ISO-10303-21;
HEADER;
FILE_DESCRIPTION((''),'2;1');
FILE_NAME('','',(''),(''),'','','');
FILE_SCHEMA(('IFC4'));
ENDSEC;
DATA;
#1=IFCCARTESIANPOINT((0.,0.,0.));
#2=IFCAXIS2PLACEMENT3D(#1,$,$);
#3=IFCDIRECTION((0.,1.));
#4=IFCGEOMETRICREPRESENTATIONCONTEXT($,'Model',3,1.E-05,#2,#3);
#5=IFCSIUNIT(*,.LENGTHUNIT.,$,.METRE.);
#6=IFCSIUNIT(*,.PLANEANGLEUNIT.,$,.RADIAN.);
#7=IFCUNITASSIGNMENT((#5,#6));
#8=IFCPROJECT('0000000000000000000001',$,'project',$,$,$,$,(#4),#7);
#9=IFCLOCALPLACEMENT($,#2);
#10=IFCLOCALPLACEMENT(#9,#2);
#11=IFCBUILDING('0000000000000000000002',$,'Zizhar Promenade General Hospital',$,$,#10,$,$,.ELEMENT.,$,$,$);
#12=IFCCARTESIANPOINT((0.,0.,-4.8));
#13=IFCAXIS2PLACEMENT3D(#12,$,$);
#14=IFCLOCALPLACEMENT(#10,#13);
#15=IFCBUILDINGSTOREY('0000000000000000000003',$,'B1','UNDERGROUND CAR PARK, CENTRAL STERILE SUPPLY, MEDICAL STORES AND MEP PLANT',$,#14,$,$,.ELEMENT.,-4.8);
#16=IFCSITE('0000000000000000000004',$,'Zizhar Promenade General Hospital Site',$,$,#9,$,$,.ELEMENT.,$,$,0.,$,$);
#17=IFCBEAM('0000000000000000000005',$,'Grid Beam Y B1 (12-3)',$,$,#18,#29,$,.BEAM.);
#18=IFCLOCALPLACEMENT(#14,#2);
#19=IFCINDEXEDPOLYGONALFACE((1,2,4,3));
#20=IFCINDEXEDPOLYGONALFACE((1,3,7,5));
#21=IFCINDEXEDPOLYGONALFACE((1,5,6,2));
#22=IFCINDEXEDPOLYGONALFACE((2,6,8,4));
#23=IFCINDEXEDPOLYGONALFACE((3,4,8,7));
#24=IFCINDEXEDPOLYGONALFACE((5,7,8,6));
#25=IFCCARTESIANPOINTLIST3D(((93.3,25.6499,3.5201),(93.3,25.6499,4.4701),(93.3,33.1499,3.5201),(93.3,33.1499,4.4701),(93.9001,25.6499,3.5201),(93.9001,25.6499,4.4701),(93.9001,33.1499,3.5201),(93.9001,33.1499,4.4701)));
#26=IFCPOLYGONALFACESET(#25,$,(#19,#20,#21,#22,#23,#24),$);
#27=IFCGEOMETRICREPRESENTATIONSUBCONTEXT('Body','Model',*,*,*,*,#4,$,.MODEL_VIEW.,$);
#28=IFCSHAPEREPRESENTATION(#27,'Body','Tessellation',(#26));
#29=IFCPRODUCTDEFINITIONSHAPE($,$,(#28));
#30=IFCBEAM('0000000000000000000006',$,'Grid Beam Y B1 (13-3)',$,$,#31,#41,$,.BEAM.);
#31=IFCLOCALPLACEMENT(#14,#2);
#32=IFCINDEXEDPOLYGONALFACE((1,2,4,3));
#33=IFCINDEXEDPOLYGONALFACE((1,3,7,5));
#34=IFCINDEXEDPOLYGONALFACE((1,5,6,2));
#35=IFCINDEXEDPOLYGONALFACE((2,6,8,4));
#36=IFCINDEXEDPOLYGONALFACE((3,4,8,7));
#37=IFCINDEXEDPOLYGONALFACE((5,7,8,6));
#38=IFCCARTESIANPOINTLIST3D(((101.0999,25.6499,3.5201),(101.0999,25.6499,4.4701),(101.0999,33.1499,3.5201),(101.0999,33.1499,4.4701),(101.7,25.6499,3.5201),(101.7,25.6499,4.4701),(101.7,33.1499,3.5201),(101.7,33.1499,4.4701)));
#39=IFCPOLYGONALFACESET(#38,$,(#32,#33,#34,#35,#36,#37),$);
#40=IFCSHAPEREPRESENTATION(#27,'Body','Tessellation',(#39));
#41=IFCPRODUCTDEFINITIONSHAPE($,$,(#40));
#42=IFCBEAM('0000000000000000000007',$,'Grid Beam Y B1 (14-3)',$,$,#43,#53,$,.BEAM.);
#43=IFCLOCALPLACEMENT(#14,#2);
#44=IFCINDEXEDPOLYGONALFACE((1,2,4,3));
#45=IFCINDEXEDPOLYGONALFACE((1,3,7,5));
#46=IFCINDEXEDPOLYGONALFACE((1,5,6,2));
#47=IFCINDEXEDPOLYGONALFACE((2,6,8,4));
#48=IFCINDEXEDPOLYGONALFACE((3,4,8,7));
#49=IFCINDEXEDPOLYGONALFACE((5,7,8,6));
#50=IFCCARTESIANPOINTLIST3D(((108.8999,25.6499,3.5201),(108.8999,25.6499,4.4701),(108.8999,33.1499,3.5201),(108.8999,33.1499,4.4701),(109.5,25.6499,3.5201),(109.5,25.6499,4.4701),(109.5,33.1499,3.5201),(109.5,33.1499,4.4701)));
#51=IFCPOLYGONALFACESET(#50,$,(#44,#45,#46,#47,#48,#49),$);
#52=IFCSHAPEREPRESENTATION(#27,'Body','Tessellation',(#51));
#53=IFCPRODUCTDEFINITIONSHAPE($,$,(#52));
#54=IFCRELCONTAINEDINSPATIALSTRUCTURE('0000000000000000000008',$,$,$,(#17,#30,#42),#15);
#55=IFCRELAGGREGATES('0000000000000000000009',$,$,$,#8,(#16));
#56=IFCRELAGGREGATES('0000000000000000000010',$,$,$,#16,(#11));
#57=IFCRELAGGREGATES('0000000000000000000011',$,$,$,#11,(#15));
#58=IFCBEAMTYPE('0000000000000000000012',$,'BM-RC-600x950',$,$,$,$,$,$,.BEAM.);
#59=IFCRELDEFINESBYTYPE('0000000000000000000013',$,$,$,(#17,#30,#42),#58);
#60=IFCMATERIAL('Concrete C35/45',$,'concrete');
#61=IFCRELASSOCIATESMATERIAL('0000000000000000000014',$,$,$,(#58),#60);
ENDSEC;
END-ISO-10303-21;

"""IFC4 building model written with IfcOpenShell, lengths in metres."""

from ifc_helpers import new_model, si_unit, direction, frame, origin, origin_2d, place, context, subcontext, project, spatial, rectangle, extrude, material, material_profile, profile_set, type_object, element, save


model = new_model("IFC4")

# Units and contexts
model_context = context("Model", 3, precision=1e-05, world=origin(), true_north=direction((0.0, 1.0)))
body_context = subcontext(model_context, "Body", "Model", "MODEL_VIEW")
ifc_project = project(units=[si_unit("LENGTHUNIT", "METRE"), si_unit("PLANEANGLEUNIT", "RADIAN")], contexts=[model_context])

# Site, building, storey
site_placement = place(None, origin())
site = spatial("IfcSite", under=ifc_project, at=site_placement, Name="Zizhar Promenade General Hospital Site", CompositionType="ELEMENT", RefElevation=0.0)
building_placement = place(site_placement, origin())
building = spatial("IfcBuilding", under=site, at=building_placement, Name="Zizhar Promenade General Hospital", CompositionType="ELEMENT")
storey_placement = place(building_placement, frame((0.0, 0.0, -4.8)))
storey = spatial("IfcBuildingStorey", under=building, at=storey_placement, Name="B1", Description="UNDERGROUND CAR PARK, CENTRAL STERILE SUPPLY, MEDICAL STORES AND MEP PLANT", CompositionType="ELEMENT", Elevation=-4.8)

# Beams
ifc_material_1 = material(Name="Concrete C35/45", Category="concrete")
ifc_material_profile_1 = material_profile(ifc_material_1, rectangle(XDim=0.6001, YDim=0.95, at=origin_2d()))
ifc_profile_set_1 = profile_set([ifc_material_profile_1], Name="Concrete C35/45")
beam_type_1 = type_object("IfcBeamType", Name="BM-RC-600x950", PredefinedType="BEAM", material=ifc_profile_set_1)
for number, where, z_axis, x_axis, name in (
    (1, (93.6001, 25.6499, 3.9951), (0.0, 1.0, 0.0), (-1.0, 0.0, 0.0), "Grid Beam Y B1 (12-3)"),
    (2, (101.3999, 25.6499, 3.9951), (0.0, 1.0, 0.0), (-1.0, 0.0, 0.0), "Grid Beam Y B1 (13-3)"),
    (3, (109.2, 25.6499, 3.9951), (0.0, 1.0, 0.0), (-1.0, 0.0, 0.0), "Grid Beam Y B1 (14-3)"),
):
    element("IfcBeam", number, at=place(storey_placement, frame(where, z_axis=z_axis, x_axis=x_axis)), inside=storey, type_object=beam_type_1, Name=name, PredefinedType="BEAM", context=body_context, shape_type="SweptSolid", body=[
        extrude(rectangle(XDim=0.6001, YDim=0.95, at=origin_2d()), origin(), (0.0, 0.0, 1.0), 7.5),
    ])

save(model, "model.ifc")
